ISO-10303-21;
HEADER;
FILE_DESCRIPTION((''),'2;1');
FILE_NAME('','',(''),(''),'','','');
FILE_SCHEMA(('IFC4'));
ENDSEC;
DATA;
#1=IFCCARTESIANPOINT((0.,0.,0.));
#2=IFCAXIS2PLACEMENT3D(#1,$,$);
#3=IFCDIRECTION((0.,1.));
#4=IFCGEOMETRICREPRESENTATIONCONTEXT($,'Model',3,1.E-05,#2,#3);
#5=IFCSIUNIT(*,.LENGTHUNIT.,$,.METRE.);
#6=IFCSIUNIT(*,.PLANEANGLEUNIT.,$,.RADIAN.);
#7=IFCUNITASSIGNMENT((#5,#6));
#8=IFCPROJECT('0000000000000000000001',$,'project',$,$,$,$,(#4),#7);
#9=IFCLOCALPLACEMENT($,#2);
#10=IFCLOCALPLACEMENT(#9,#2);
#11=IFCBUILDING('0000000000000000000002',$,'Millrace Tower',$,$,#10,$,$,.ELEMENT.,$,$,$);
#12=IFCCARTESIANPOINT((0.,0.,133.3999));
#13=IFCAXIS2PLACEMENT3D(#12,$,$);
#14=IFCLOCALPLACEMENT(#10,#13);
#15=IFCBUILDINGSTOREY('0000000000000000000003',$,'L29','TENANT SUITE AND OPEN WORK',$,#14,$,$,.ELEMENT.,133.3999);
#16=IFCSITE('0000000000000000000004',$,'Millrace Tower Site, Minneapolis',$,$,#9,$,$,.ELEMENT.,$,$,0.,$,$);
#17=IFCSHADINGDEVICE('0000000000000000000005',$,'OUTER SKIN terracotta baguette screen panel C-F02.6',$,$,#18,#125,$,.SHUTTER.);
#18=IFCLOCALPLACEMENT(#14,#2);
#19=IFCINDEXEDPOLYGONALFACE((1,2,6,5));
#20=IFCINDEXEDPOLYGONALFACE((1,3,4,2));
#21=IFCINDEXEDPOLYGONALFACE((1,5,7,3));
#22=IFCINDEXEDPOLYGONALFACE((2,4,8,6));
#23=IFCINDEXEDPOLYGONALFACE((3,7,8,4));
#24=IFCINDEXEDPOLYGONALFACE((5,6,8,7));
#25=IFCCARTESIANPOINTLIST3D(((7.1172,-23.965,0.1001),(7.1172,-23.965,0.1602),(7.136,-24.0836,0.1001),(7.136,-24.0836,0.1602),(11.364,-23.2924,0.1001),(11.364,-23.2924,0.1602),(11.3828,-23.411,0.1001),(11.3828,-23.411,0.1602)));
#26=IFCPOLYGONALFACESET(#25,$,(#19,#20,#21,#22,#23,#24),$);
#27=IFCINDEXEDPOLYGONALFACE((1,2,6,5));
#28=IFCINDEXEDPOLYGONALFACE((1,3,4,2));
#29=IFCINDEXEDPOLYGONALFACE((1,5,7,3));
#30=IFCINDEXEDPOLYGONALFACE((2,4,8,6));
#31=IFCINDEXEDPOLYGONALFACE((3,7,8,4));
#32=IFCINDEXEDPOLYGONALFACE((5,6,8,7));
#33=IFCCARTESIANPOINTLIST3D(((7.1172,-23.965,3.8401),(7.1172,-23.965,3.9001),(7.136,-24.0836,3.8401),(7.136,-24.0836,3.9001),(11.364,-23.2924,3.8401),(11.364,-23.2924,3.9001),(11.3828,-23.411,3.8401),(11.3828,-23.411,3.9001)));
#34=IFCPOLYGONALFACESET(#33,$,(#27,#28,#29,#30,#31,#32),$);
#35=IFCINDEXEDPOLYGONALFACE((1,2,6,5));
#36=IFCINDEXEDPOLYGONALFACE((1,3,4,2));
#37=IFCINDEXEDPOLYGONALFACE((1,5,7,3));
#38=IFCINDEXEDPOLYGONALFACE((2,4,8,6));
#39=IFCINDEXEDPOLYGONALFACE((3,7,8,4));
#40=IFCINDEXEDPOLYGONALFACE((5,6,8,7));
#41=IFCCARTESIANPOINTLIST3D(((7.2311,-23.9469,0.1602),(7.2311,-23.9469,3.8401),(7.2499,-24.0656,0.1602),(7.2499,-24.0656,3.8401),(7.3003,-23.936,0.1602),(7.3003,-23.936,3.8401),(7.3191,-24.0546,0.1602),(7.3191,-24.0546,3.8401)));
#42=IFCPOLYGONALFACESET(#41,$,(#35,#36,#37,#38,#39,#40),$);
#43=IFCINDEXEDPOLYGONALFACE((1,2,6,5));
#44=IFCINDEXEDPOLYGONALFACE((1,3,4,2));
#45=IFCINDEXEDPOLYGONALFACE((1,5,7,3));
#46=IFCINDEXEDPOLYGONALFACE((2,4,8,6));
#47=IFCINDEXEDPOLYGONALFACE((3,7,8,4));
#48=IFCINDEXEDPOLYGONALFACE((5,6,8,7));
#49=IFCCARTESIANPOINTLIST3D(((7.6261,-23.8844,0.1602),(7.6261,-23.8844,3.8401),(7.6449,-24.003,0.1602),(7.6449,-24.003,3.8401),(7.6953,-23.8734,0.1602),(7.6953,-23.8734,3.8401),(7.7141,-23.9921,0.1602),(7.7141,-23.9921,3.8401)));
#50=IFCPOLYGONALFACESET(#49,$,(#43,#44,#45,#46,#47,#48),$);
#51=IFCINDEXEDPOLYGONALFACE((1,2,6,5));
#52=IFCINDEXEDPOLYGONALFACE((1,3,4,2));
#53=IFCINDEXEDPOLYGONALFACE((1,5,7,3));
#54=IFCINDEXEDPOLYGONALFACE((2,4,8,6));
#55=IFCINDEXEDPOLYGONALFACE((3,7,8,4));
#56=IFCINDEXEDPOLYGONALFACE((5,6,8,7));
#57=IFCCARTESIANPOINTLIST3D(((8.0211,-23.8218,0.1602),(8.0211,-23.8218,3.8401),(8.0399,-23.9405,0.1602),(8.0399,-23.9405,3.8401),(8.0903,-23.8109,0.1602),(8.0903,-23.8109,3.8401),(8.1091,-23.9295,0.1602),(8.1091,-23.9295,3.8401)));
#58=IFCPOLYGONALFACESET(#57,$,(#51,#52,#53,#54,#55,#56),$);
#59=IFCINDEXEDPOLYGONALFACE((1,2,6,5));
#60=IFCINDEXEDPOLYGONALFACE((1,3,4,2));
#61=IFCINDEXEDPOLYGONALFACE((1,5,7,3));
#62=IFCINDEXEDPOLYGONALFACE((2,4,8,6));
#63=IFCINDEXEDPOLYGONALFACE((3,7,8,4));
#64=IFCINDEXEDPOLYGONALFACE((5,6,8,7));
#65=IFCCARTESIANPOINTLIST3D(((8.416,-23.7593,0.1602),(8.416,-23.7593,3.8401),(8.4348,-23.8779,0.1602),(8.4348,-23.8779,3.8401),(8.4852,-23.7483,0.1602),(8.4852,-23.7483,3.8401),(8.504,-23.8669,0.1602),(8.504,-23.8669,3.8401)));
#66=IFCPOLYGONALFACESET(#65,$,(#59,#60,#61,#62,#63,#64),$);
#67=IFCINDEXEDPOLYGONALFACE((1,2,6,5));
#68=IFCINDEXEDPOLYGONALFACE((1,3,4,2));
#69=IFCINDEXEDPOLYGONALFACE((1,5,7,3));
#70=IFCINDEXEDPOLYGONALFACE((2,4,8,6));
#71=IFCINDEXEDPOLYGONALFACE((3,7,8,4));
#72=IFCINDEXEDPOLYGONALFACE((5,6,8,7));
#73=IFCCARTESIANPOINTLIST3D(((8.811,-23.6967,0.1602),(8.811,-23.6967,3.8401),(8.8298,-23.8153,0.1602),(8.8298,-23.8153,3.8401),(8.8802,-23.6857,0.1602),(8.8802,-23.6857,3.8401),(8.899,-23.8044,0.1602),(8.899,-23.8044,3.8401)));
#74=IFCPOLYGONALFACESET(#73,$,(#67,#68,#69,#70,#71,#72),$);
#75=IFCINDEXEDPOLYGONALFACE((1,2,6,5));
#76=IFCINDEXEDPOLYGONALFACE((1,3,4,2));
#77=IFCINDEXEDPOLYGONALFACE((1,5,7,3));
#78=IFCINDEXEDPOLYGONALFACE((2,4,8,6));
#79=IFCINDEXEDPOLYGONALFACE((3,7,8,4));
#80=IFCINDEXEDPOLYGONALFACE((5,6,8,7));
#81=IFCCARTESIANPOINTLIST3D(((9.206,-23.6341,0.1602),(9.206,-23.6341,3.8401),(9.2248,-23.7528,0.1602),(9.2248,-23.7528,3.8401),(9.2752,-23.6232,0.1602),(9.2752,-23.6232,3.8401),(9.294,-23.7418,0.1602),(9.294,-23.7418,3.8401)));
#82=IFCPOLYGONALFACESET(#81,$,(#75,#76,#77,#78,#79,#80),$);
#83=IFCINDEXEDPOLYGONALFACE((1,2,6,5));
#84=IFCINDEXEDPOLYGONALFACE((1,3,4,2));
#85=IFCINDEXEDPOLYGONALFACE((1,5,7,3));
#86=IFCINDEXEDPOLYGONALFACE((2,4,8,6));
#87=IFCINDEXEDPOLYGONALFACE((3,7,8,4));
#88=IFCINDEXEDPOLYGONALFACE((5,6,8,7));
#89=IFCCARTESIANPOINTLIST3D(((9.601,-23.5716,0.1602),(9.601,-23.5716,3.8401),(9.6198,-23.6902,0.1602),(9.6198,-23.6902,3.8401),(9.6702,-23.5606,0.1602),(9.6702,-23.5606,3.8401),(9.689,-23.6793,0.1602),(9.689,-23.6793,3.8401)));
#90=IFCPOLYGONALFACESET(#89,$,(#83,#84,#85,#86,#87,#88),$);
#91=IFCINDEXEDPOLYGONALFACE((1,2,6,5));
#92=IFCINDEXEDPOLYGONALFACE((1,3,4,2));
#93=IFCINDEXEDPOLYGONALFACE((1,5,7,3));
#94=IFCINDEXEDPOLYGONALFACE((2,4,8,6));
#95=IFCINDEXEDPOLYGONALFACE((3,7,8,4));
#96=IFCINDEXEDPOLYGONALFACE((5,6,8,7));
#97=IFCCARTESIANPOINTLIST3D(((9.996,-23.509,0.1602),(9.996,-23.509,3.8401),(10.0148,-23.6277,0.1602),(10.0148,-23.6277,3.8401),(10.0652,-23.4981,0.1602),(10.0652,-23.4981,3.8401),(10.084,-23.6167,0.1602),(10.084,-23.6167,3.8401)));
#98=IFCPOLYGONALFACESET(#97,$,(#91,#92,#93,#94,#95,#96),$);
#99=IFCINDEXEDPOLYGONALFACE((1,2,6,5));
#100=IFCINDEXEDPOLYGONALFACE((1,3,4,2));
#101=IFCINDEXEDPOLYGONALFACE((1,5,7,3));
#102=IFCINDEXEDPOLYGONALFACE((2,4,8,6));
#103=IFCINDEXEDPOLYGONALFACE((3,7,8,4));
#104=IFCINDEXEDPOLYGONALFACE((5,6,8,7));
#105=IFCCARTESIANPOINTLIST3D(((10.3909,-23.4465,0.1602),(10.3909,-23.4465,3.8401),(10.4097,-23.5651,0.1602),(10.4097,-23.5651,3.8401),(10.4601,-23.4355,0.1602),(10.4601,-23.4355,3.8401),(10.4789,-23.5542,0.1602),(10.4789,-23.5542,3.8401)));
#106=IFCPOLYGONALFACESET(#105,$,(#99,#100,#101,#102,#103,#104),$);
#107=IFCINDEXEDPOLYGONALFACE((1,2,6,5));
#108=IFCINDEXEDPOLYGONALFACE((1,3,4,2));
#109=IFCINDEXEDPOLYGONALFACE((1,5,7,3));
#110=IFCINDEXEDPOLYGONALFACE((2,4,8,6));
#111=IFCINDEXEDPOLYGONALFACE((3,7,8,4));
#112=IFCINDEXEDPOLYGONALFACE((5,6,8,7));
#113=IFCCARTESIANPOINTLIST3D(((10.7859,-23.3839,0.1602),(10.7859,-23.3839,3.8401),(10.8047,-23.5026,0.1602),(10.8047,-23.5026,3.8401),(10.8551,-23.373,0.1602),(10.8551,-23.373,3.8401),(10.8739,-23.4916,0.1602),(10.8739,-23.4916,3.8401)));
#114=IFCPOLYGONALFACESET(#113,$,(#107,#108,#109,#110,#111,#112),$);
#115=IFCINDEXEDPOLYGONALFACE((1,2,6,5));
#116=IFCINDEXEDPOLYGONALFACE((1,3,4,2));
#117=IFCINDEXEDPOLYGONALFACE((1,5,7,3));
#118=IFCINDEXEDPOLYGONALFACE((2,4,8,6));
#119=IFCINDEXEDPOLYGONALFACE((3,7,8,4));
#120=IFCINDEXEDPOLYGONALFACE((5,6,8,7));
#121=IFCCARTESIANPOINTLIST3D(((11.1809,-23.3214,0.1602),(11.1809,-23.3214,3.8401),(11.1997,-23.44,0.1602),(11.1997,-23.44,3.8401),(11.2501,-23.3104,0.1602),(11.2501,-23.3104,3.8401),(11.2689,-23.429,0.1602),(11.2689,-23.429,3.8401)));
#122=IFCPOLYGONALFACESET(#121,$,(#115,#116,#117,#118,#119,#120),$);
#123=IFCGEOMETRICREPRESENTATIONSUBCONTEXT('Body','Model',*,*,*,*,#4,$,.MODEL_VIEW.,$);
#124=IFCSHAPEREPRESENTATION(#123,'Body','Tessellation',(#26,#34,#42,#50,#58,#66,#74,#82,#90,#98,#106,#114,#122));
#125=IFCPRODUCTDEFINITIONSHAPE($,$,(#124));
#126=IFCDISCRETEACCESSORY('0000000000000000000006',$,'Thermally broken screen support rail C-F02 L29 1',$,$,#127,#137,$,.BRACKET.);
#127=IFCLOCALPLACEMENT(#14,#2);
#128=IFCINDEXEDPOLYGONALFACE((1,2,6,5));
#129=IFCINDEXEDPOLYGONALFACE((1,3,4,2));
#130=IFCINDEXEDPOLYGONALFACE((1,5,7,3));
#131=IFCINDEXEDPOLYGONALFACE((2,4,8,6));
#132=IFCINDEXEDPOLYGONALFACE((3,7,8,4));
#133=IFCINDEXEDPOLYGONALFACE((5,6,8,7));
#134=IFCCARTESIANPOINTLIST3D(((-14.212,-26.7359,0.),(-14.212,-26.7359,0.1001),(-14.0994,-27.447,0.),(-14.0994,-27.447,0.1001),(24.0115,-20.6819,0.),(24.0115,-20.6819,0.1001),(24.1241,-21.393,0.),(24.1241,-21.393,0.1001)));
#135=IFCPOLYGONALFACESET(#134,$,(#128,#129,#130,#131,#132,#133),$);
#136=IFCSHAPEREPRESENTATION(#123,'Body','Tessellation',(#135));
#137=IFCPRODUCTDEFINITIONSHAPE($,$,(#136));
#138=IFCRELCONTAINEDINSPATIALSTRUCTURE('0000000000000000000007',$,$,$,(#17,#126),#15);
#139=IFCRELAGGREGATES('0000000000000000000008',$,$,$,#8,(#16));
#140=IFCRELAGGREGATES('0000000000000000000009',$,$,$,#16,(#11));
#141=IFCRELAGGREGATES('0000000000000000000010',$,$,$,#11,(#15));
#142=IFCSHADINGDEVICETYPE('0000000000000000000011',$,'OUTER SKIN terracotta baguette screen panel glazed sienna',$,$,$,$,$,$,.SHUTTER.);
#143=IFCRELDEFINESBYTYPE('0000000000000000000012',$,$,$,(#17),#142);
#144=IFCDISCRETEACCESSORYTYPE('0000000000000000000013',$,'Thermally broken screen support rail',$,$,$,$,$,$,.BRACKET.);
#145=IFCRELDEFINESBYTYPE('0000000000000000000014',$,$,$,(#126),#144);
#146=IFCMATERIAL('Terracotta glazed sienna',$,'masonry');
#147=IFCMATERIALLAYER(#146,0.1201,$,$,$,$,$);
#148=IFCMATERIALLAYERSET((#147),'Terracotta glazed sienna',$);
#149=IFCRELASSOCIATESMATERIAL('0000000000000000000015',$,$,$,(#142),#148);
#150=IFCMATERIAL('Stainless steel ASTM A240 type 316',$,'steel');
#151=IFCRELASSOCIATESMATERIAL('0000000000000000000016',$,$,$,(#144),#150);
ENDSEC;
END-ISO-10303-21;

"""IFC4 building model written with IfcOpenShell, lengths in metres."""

from ifc_helpers import new_model, entity, si_unit, direction, frame, frame_2d, origin, origin_2d, place, context, subcontext, project, spatial, rectangle, extrude, source, transform, mapped, material, layer, layer_set, type_object, element, save


model = new_model("IFC4")

# Units and contexts
model_context = context("Model", 3, precision=1e-05, world=origin(), true_north=direction((0.0, 1.0)))
body_context = subcontext(model_context, "Body", "Model", "MODEL_VIEW")
ifc_project = project(units=[si_unit("LENGTHUNIT", "METRE"), si_unit("PLANEANGLEUNIT", "RADIAN")], contexts=[model_context])

# Site, building, storey
site_placement = place(None, origin())
site = spatial("IfcSite", under=ifc_project, at=site_placement, Name="Millrace Tower Site, Minneapolis", CompositionType="ELEMENT", RefElevation=0.0)
building_placement = place(site_placement, origin())
building = spatial("IfcBuilding", under=site, at=building_placement, Name="Millrace Tower", CompositionType="ELEMENT")
storey_placement = place(building_placement, frame((0.0, 0.0, 133.3999)))
storey = spatial("IfcBuildingStorey", under=building, at=storey_placement, Name="L29", Description="TENANT SUITE AND OPEN WORK", CompositionType="ELEMENT", Elevation=133.3999)

# Shading device
ifc_material_1 = material(Name="Terracotta glazed sienna", Category="masonry")
ifc_layer_1 = layer(ifc_material_1, 0.1201)
ifc_layer_set_1 = layer_set([ifc_layer_1], Name="Terracotta glazed sienna")
shading_device_type = type_object("IfcShadingDeviceType", Name="OUTER SKIN terracotta baguette screen panel glazed sienna", PredefinedType="SHUTTER", material=ifc_layer_set_1)
cartesian_point = entity("IfcCartesianPoint", [-2.1499, 0.0601])
shared_polyline = entity("IfcPolyline", [cartesian_point, entity("IfcCartesianPoint", [2.1499, 0.0601]), entity("IfcCartesianPoint", [2.1499, -0.0601]), entity("IfcCartesianPoint", [-2.1499, -0.0601]), cartesian_point])
shared_shape = source(origin(), body_context, "Body", "SweptSolid", [
    entity("IfcExtrudedAreaSolid", entity("IfcArbitraryClosedProfileDef", "AREA", None, shared_polyline), entity("IfcAxis2Placement3D", entity("IfcCartesianPoint", [0.0, 0.0, 0.0])), entity("IfcDirection", [0.0, 0.0, 1.0]), 0.0601),
    entity("IfcExtrudedAreaSolid", entity("IfcArbitraryClosedProfileDef", "AREA", None, shared_polyline), entity("IfcAxis2Placement3D", entity("IfcCartesianPoint", [0.0, 0.0, 3.74])), entity("IfcDirection", [0.0, 0.0, 1.0]), 0.0601),
    extrude(rectangle(XDim=0.0701, YDim=0.1201, at=frame_2d((-1.9995, 0.0))), frame((0.0, 0.0, 0.0601)), (0.0, 0.0, 1.0), 3.6799),
    extrude(rectangle(XDim=0.0701, YDim=0.1201, at=frame_2d((-1.5996, 0.0))), frame((0.0, 0.0, 0.0601)), (0.0, 0.0, 1.0), 3.6799),
    extrude(rectangle(XDim=0.0701, YDim=0.1201, at=frame_2d((-1.1997, 0.0))), frame((0.0, 0.0, 0.0601)), (0.0, 0.0, 1.0), 3.6799),
    extrude(rectangle(XDim=0.0701, YDim=0.1201, at=frame_2d((-0.7998, 0.0))), frame((0.0, 0.0, 0.0601)), (0.0, 0.0, 1.0), 3.6799),
    extrude(rectangle(XDim=0.0701, YDim=0.1201, at=frame_2d((-0.3999, 0.0))), frame((0.0, 0.0, 0.0601)), (0.0, 0.0, 1.0), 3.6799),
    extrude(rectangle(XDim=0.0701, YDim=0.1201, at=origin_2d()), frame((0.0, 0.0, 0.0601)), (0.0, 0.0, 1.0), 3.6799),
    extrude(rectangle(XDim=0.0701, YDim=0.1201, at=frame_2d((0.3999, 0.0))), frame((0.0, 0.0, 0.0601)), (0.0, 0.0, 1.0), 3.6799),
    extrude(rectangle(XDim=0.0701, YDim=0.1201, at=frame_2d((0.7998, 0.0))), frame((0.0, 0.0, 0.0601)), (0.0, 0.0, 1.0), 3.6799),
    extrude(rectangle(XDim=0.0701, YDim=0.1201, at=frame_2d((1.1997, 0.0))), frame((0.0, 0.0, 0.0601)), (0.0, 0.0, 1.0), 3.6799),
    extrude(rectangle(XDim=0.0701, YDim=0.1201, at=frame_2d((1.5996, 0.0))), frame((0.0, 0.0, 0.0601)), (0.0, 0.0, 1.0), 3.6799),
    extrude(rectangle(XDim=0.0701, YDim=0.1201, at=frame_2d((1.9995, 0.0))), frame((0.0, 0.0, 0.0601)), (0.0, 0.0, 1.0), 3.6799),
])
for number, where, z_axis, x_axis, name in (
    (1, (9.25, -23.688, 0.1001), (0.0, 0.0, 1.0), (0.987688, 0.156434, 0.0), "OUTER SKIN terracotta baguette screen panel C-F02.6"),
):
    element("IfcShadingDevice", number, at=place(storey_placement, frame(where, z_axis=z_axis, x_axis=x_axis)), inside=storey, type_object=shading_device_type, Name=name, PredefinedType="SHUTTER", context=body_context, shape_type="MappedRepresentation", body=[
        mapped(shared_shape, transform((0.0, 0.0, 0.0), scale=1.0)),
    ])

# Discrete accessory
ifc_material_2 = material(Name="Stainless steel ASTM A240 type 316", Category="steel")
discrete_accessory_type = type_object("IfcDiscreteAccessoryType", Name="Thermally broken screen support rail", PredefinedType="BRACKET", material=ifc_material_2)
discrete_accessory_placement = place(storey_placement, frame((4.9561, -24.0645, 0.0), z_axis=(0.0, 0.0, 1.0), x_axis=(0.987688, 0.156434, 0.0)))
element("IfcDiscreteAccessory", 2, at=discrete_accessory_placement, inside=storey, type_object=discrete_accessory_type, Name="Thermally broken screen support rail C-F02 L29 1", PredefinedType="BRACKET", context=body_context, shape_type="SweptSolid", body=[
    extrude(rectangle(XDim=38.7, YDim=0.72, at=origin_2d()), origin(), (0.0, 0.0, 1.0), 0.1001),
])

save(model, "model.ifc")
